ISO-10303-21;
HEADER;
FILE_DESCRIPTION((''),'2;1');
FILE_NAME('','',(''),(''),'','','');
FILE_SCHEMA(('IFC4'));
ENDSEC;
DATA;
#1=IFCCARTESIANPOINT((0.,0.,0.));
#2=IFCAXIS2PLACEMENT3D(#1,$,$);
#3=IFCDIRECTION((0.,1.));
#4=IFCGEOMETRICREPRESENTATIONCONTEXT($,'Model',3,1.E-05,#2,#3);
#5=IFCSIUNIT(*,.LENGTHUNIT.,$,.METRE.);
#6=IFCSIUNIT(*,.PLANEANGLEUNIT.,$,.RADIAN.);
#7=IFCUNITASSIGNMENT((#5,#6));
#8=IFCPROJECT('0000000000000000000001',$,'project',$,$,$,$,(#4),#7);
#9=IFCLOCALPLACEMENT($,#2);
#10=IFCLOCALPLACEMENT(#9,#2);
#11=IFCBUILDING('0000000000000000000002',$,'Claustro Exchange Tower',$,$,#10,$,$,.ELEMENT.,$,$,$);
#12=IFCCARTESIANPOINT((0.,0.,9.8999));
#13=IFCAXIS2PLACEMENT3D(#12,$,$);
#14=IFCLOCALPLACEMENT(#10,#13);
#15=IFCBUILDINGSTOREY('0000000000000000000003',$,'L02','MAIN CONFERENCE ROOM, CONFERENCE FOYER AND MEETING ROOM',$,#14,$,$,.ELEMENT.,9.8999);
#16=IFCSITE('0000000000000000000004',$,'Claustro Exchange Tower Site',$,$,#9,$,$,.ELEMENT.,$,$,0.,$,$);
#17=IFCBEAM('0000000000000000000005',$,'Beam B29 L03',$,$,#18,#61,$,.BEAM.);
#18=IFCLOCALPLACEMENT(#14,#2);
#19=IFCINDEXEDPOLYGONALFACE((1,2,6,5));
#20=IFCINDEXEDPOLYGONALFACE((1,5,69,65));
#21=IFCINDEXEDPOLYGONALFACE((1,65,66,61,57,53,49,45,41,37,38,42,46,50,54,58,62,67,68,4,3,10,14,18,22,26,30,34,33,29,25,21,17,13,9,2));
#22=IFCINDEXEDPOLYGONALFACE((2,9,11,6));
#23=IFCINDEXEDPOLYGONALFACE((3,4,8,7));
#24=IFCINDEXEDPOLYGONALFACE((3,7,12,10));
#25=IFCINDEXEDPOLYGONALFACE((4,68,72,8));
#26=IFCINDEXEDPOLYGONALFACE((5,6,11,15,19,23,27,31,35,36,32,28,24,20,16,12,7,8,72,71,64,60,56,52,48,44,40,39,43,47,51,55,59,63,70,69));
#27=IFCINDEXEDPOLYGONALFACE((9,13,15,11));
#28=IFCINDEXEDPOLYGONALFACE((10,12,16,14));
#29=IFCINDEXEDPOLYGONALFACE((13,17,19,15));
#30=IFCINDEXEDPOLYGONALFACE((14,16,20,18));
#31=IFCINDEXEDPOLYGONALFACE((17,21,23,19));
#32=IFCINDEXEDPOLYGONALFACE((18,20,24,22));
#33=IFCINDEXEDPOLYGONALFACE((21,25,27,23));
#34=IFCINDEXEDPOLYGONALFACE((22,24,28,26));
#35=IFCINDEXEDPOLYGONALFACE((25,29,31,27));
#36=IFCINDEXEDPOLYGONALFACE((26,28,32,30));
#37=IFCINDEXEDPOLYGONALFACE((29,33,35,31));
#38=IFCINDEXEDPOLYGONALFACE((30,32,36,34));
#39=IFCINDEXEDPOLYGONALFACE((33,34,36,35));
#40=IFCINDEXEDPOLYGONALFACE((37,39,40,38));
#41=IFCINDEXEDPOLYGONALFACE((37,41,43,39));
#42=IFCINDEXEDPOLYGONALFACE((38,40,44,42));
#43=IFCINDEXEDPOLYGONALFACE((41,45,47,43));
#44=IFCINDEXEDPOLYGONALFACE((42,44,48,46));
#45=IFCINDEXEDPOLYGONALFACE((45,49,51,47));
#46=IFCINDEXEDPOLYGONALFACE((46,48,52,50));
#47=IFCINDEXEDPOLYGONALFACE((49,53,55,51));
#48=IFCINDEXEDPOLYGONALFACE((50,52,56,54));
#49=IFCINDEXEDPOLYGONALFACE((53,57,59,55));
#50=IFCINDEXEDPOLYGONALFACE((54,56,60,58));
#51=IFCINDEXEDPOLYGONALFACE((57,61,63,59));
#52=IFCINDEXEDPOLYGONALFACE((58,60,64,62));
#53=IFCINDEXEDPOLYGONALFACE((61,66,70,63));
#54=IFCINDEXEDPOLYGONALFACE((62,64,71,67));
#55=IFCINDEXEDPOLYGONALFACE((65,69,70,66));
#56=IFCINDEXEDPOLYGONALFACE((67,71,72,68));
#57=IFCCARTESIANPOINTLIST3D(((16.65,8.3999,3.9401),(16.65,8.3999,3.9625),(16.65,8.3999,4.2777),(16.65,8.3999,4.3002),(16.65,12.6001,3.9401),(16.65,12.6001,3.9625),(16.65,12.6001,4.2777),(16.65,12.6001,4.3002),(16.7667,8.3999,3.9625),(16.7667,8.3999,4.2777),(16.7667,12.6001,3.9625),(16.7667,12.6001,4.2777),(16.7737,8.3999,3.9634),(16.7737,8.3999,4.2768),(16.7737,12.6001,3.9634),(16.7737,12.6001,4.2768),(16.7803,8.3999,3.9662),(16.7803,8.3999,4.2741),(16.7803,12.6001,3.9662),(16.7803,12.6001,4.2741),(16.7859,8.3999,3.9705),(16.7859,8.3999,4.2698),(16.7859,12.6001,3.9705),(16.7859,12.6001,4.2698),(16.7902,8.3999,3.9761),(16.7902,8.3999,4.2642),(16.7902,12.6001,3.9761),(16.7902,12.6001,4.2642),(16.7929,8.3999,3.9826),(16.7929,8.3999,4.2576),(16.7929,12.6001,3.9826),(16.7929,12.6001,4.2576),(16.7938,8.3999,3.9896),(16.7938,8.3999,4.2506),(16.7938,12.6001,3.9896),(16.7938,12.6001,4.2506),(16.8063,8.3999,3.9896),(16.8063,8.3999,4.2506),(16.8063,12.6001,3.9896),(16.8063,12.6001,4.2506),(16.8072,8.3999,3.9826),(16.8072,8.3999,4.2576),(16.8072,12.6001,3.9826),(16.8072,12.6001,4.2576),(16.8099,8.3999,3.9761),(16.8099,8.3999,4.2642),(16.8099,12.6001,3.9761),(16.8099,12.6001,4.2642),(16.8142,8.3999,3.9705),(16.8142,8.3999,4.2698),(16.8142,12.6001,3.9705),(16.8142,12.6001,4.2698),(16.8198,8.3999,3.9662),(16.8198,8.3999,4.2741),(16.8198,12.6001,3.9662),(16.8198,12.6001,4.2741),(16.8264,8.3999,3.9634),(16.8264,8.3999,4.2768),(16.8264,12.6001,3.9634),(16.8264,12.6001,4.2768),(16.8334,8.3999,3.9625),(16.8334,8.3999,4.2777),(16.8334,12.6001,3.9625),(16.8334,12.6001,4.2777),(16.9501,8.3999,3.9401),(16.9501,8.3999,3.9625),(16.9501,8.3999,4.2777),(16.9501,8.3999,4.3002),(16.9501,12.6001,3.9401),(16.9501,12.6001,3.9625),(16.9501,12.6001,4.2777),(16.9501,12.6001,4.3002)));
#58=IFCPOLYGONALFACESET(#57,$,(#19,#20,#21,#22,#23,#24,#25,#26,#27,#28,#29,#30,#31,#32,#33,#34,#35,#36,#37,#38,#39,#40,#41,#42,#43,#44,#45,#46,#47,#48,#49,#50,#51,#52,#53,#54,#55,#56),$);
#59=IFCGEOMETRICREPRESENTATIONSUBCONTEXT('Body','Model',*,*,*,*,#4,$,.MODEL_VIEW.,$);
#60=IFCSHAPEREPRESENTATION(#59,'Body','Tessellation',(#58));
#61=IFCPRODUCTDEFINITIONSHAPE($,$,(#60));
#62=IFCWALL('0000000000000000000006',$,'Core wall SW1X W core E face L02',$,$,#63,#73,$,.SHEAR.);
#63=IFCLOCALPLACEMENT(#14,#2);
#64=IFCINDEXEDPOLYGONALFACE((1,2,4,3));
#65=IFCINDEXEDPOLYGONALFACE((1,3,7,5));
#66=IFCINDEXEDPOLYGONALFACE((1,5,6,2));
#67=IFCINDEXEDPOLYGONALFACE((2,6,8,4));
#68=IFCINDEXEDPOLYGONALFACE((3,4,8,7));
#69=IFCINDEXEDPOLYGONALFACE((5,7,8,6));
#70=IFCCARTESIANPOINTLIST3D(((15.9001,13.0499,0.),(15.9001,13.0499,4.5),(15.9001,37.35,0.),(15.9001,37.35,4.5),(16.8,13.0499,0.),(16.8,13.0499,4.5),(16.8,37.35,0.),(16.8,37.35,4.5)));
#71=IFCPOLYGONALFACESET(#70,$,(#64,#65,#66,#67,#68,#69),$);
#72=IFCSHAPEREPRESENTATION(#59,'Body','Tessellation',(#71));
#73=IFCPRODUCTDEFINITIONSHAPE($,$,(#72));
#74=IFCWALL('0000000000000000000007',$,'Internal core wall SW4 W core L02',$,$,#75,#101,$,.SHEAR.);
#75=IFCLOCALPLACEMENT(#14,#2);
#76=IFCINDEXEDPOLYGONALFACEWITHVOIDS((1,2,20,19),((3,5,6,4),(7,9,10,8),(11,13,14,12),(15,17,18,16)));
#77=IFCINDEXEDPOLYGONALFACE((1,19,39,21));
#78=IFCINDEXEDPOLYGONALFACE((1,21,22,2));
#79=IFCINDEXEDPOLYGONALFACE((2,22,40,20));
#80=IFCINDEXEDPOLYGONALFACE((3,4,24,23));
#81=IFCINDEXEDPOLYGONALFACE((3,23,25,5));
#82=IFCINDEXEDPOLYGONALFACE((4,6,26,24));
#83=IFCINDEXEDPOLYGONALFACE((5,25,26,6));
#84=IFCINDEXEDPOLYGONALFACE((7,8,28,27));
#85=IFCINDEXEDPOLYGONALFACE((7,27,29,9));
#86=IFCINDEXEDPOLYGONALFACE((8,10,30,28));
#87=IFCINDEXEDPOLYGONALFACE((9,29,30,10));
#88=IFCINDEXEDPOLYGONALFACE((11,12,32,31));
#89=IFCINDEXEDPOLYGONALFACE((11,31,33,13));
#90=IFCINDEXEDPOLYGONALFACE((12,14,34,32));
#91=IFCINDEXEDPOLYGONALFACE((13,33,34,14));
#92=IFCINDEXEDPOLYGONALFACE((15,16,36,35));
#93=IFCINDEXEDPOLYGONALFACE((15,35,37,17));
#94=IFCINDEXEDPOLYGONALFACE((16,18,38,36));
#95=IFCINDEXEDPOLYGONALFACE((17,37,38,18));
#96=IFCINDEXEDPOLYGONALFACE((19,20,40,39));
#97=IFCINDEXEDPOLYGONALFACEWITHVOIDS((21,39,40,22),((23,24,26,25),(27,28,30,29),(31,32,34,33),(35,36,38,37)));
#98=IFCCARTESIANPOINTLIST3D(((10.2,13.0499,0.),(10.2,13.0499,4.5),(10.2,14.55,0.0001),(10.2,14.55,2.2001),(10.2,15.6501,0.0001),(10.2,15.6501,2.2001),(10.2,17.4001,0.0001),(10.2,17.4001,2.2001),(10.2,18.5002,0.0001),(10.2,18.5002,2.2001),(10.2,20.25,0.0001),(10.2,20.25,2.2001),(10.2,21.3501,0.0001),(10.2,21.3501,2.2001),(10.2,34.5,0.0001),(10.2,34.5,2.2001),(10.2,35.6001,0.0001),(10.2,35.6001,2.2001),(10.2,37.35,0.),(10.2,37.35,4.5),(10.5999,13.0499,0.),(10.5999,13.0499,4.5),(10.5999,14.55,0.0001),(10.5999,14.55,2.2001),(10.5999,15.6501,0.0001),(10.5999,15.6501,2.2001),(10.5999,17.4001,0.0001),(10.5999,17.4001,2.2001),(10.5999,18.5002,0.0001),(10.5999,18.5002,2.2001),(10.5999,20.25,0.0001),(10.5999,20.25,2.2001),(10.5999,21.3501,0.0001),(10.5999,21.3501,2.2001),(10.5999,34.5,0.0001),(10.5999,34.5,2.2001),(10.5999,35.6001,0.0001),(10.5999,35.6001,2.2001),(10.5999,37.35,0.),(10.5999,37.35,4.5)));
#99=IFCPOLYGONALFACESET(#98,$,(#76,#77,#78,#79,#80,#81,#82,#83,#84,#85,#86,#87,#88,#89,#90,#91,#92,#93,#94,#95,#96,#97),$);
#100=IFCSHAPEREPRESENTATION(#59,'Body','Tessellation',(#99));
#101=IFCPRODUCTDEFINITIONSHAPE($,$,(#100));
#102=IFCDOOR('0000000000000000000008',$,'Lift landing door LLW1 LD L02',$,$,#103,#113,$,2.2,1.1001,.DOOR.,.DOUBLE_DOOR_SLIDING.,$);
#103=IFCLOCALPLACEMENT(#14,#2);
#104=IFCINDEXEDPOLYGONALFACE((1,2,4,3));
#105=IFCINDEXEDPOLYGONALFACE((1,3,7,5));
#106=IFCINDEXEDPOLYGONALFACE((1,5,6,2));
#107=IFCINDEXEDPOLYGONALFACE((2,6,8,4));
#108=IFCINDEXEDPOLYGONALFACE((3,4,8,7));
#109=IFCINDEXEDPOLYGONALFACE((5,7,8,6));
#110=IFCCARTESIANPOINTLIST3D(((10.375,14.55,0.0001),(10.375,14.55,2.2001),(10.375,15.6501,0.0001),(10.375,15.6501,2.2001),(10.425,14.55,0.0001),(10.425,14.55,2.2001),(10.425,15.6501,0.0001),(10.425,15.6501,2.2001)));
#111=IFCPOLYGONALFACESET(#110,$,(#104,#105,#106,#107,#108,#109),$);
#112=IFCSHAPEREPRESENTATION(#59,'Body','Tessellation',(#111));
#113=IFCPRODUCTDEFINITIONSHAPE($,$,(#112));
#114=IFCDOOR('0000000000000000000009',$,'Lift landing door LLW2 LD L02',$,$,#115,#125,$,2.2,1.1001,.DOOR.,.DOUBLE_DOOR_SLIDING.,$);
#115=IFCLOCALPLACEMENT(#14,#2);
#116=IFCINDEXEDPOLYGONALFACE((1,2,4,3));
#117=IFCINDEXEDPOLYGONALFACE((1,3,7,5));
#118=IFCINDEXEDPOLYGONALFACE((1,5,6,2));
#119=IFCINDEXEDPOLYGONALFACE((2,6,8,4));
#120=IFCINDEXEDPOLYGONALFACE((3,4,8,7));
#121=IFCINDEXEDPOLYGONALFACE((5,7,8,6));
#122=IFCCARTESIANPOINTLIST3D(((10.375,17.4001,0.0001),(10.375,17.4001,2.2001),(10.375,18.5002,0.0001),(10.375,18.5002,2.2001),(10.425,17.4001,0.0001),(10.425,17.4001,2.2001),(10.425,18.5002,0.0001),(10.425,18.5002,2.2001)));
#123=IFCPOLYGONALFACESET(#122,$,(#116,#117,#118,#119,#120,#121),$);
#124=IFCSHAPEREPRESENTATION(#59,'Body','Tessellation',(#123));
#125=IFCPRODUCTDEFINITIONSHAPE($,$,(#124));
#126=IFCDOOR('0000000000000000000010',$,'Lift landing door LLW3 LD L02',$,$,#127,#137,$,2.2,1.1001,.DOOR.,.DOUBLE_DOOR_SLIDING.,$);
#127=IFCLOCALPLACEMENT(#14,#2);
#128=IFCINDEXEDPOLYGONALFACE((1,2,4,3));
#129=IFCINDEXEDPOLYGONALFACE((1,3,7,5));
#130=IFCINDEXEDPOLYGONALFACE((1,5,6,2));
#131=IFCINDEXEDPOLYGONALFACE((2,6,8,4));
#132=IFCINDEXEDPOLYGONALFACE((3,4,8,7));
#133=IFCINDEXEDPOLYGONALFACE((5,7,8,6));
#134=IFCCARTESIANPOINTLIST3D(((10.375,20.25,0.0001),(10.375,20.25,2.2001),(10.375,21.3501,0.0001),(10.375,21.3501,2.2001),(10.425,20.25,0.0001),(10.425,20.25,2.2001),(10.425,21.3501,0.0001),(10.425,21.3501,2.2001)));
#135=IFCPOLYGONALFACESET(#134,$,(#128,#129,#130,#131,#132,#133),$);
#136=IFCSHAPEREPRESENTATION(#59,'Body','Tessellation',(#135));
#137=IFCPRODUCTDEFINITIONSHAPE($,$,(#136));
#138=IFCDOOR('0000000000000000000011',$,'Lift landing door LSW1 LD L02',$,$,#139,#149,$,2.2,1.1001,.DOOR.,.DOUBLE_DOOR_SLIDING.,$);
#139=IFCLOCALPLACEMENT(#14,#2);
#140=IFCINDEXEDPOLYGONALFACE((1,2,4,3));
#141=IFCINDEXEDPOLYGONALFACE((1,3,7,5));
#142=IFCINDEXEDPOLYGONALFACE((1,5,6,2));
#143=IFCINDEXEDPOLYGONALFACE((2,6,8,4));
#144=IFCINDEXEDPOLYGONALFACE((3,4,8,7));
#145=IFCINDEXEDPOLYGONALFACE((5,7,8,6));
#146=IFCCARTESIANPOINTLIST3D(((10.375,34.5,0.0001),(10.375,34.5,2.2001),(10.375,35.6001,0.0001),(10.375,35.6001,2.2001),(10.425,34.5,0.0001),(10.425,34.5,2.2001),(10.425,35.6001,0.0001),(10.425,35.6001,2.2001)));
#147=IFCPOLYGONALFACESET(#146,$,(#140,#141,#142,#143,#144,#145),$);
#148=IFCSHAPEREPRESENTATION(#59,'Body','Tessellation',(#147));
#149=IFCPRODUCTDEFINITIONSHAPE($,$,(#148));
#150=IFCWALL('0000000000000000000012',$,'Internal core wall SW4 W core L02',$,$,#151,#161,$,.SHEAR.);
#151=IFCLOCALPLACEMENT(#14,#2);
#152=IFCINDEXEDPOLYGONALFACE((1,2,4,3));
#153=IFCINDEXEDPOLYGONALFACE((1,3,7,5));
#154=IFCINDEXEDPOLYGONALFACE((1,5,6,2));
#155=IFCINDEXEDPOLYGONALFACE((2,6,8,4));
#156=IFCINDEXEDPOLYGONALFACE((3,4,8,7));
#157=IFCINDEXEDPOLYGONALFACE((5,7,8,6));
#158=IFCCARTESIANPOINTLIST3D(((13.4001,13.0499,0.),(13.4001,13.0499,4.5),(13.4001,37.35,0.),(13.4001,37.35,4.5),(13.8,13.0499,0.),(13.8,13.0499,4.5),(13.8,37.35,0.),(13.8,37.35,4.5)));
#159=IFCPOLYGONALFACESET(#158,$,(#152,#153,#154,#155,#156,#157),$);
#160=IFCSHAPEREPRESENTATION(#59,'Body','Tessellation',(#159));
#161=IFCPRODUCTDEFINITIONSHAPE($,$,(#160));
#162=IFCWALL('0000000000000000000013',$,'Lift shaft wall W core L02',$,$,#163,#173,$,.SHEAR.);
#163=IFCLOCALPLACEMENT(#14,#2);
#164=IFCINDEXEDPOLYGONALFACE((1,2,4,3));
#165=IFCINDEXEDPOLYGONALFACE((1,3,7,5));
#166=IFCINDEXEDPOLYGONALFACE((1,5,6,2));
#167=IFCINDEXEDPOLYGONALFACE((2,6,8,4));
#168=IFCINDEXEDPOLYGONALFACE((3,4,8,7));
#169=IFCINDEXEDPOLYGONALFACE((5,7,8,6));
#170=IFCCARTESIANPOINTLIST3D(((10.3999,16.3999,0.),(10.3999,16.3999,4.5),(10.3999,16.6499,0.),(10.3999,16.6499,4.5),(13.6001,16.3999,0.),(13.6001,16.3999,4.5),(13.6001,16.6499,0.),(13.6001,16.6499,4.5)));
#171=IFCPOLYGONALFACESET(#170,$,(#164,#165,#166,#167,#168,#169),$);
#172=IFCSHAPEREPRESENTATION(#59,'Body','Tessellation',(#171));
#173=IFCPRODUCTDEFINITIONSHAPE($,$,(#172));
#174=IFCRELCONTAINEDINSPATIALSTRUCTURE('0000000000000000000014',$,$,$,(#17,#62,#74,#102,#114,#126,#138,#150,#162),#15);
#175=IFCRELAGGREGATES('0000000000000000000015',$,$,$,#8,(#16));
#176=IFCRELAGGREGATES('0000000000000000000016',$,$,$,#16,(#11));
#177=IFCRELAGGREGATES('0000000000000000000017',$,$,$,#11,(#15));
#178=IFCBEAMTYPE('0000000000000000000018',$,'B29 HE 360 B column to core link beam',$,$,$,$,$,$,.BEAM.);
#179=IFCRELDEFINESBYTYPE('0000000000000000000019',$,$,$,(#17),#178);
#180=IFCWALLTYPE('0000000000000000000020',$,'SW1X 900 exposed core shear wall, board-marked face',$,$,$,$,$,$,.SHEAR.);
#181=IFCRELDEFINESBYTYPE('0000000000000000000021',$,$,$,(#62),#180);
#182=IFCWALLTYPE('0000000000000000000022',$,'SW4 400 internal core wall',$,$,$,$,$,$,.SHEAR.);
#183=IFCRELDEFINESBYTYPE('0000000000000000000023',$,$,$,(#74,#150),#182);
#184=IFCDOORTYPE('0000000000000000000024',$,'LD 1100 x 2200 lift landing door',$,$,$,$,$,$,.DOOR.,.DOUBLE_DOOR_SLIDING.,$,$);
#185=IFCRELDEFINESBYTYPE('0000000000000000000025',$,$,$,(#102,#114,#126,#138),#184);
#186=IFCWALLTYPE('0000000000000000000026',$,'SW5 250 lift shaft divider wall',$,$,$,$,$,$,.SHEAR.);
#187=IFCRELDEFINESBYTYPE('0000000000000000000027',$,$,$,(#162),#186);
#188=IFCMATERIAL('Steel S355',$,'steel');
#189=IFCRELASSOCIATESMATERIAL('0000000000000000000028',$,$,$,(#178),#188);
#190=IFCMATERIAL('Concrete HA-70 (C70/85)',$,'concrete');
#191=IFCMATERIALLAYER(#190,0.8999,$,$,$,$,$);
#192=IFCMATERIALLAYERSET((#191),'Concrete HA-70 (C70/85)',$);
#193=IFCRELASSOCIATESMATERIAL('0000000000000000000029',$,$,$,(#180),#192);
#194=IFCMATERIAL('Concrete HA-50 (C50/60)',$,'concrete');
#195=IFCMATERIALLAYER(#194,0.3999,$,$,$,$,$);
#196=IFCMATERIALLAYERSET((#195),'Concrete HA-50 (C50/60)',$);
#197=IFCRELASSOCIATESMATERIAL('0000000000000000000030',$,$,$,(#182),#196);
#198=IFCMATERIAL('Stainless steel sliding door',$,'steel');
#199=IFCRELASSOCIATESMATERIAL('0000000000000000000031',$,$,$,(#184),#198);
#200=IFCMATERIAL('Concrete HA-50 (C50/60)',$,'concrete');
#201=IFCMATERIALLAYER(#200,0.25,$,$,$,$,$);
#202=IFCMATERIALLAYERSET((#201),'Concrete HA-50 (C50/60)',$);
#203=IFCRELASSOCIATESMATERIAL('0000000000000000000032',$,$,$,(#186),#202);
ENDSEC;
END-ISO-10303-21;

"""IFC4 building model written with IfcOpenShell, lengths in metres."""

from ifc_helpers import new_model, si_unit, direction, frame, frame_2d, origin, origin_2d, place, context, subcontext, project, spatial, rectangle, i_section, extrude, material, layer, layer_set, material_profile, profile_set, type_object, element, fill, save


model = new_model("IFC4")

# Units and contexts
model_context = context("Model", 3, precision=1e-05, world=origin(), true_north=direction((0.0, 1.0)))
body_context = subcontext(model_context, "Body", "Model", "MODEL_VIEW")
ifc_project = project(units=[si_unit("LENGTHUNIT", "METRE"), si_unit("PLANEANGLEUNIT", "RADIAN")], contexts=[model_context])

# Site, building, storey
site_placement = place(None, origin())
site = spatial("IfcSite", under=ifc_project, at=site_placement, Name="Claustro Exchange Tower Site", CompositionType="ELEMENT", RefElevation=0.0)
building_placement = place(site_placement, origin())
building = spatial("IfcBuilding", under=site, at=building_placement, Name="Claustro Exchange Tower", CompositionType="ELEMENT")
storey_placement = place(building_placement, frame((0.0, 0.0, 9.8999)))
storey = spatial("IfcBuildingStorey", under=building, at=storey_placement, Name="L02", Description="MAIN CONFERENCE ROOM, CONFERENCE FOYER AND MEETING ROOM", CompositionType="ELEMENT", Elevation=9.8999)

# Beam
ifc_material_1 = material(Name="Steel S355", Category="steel")
ifc_material_profile_1 = material_profile(ifc_material_1, i_section(OverallWidth=0.3, OverallDepth=0.3601, WebThickness=0.0125, FlangeThickness=0.0225, FilletRadius=0.0271, at=origin_2d()), Name="HE 360 B")
ifc_profile_set_1 = profile_set([ifc_material_profile_1], Name="Steel S355")
beam_type_1 = type_object("IfcBeamType", Name="B29 HE 360 B column to core link beam", PredefinedType="BEAM", material=ifc_profile_set_1)
for number, where, z_axis, x_axis, name in (
    (1, (16.8, 8.3999, 4.1201), (0.0, 1.0, 0.0), (-1.0, 0.0, 0.0), "Beam B29 L03"),
):
    element("IfcBeam", number, at=place(storey_placement, frame(where, z_axis=z_axis, x_axis=x_axis)), inside=storey, type_object=beam_type_1, Name=name, PredefinedType="BEAM", context=body_context, shape_type="SweptSolid", body=[
        extrude(i_section(OverallWidth=0.3, OverallDepth=0.3601, WebThickness=0.0125, FlangeThickness=0.0225, FilletRadius=0.0271, at=origin_2d()), origin(), (0.0, 0.0, 1.0), 4.2002),
    ])

# Wall
ifc_material_2 = material(Name="Concrete HA-70 (C70/85)", Category="concrete")
ifc_layer_1 = layer(ifc_material_2, 0.8999)
ifc_layer_set_1 = layer_set([ifc_layer_1], Name="Concrete HA-70 (C70/85)")
wall_type_1 = type_object("IfcWallType", Name="SW1X 900 exposed core shear wall, board-marked face", PredefinedType="SHEAR", material=ifc_layer_set_1)
wall_1_placement = place(storey_placement, frame((16.3501, 13.05, 0.0), z_axis=(0.0, 0.0, 1.0), x_axis=(0.0, 1.0, 0.0)))
element("IfcWall", 2, at=wall_1_placement, inside=storey, type_object=wall_type_1, Name="Core wall SW1X W core E face L02", PredefinedType="SHEAR", context=body_context, shape_type="SweptSolid", body=[
    extrude(rectangle(XDim=24.3, YDim=0.8999, at=frame_2d((12.1499, 0.0))), origin(), (0.0, 0.0, 1.0), 4.5),
])

# Wall, openings, doors
ifc_material_3 = material(Name="Concrete HA-50 (C50/60)", Category="concrete")
ifc_layer_2 = layer(ifc_material_3, 0.3999)
ifc_layer_set_2 = layer_set([ifc_layer_2], Name="Concrete HA-50 (C50/60)")
wall_type_2 = type_object("IfcWallType", Name="SW4 400 internal core wall", PredefinedType="SHEAR", material=ifc_layer_set_2)
wall_2_placement = place(storey_placement, frame((10.3999, 13.05, 0.0), z_axis=(0.0, 0.0, 1.0), x_axis=(0.0, 1.0, 0.0)))
wall_2 = element("IfcWall", 3, at=wall_2_placement, inside=storey, type_object=wall_type_2, Name="Internal core wall SW4 W core L02", PredefinedType="SHEAR", context=body_context, shape_type="SweptSolid", body=[
    extrude(rectangle(XDim=24.3, YDim=0.3999, at=frame_2d((12.1499, 0.0))), origin(), (0.0, 0.0, 1.0), 4.5),
])
opening_1_placement = place(wall_2_placement, frame((1.5, 0.0, 0.0)))
opening_1 = element("IfcOpeningElement", 4, at=opening_1_placement, cuts=wall_2, PredefinedType="OPENING", context=body_context, shape_type="SweptSolid", body=[
    extrude(rectangle(XDim=1.1001, YDim=2.2, at=frame_2d((0.55, 1.1001))), frame((0.0, 0.21, 0.0), z_axis=(0.0, -1.0, 0.0), x_axis=(1.0, 0.0, 0.0)), (0.0, 0.0, 1.0), 0.4199),
])
opening_2_placement = place(wall_2_placement, frame((4.3501, 0.0, 0.0)))
opening_2 = element("IfcOpeningElement", 5, at=opening_2_placement, cuts=wall_2, PredefinedType="OPENING", context=body_context, shape_type="SweptSolid", body=[
    extrude(rectangle(XDim=1.1001, YDim=2.2, at=frame_2d((0.55, 1.1001))), frame((0.0, 0.21, 0.0), z_axis=(0.0, -1.0, 0.0), x_axis=(1.0, 0.0, 0.0)), (0.0, 0.0, 1.0), 0.4199),
])
opening_3_placement = place(wall_2_placement, frame((7.2, 0.0, 0.0)))
opening_3 = element("IfcOpeningElement", 6, at=opening_3_placement, cuts=wall_2, PredefinedType="OPENING", context=body_context, shape_type="SweptSolid", body=[
    extrude(rectangle(XDim=1.1001, YDim=2.2, at=frame_2d((0.55, 1.1001))), frame((0.0, 0.21, 0.0), z_axis=(0.0, -1.0, 0.0), x_axis=(1.0, 0.0, 0.0)), (0.0, 0.0, 1.0), 0.4199),
])
opening_4_placement = place(wall_2_placement, frame((21.45, 0.0, 0.0)))
opening_4 = element("IfcOpeningElement", 7, at=opening_4_placement, cuts=wall_2, PredefinedType="OPENING", context=body_context, shape_type="SweptSolid", body=[
    extrude(rectangle(XDim=1.1001, YDim=2.2, at=frame_2d((0.55, 1.1001))), frame((0.0, 0.21, 0.0), z_axis=(0.0, -1.0, 0.0), x_axis=(1.0, 0.0, 0.0)), (0.0, 0.0, 1.0), 0.4199),
])
ifc_material_4 = material(Name="Stainless steel sliding door", Category="steel")
door_type = type_object("IfcDoorType", Name="LD 1100 x 2200 lift landing door", OperationType="DOUBLE_DOOR_SLIDING", PredefinedType="DOOR", material=ifc_material_4)
door_1_placement = place(opening_1_placement, origin())
door_1 = element("IfcDoor", 8, at=door_1_placement, inside=storey, type_object=door_type, Name="Lift landing door LLW1 LD L02", OperationType="DOUBLE_DOOR_SLIDING", OverallHeight=2.2, OverallWidth=1.1001, PredefinedType="DOOR", context=body_context, shape_type="SweptSolid", body=[
    extrude(rectangle(XDim=1.1001, YDim=2.2, at=frame_2d((0.55, 1.1001))), frame((0.0, 0.0249, 0.0), z_axis=(0.0, -1.0, 0.0), x_axis=(1.0, 0.0, 0.0)), (0.0, 0.0, 1.0), 0.05),
])
fill(opening_1, door_1)
door_2_placement = place(opening_2_placement, origin())
door_2 = element("IfcDoor", 9, at=door_2_placement, inside=storey, type_object=door_type, Name="Lift landing door LLW2 LD L02", OperationType="DOUBLE_DOOR_SLIDING", OverallHeight=2.2, OverallWidth=1.1001, PredefinedType="DOOR", context=body_context, shape_type="SweptSolid", body=[
    extrude(rectangle(XDim=1.1001, YDim=2.2, at=frame_2d((0.55, 1.1001))), frame((0.0, 0.0249, 0.0), z_axis=(0.0, -1.0, 0.0), x_axis=(1.0, 0.0, 0.0)), (0.0, 0.0, 1.0), 0.05),
])
fill(opening_2, door_2)
door_3_placement = place(opening_3_placement, origin())
door_3 = element("IfcDoor", 10, at=door_3_placement, inside=storey, type_object=door_type, Name="Lift landing door LLW3 LD L02", OperationType="DOUBLE_DOOR_SLIDING", OverallHeight=2.2, OverallWidth=1.1001, PredefinedType="DOOR", context=body_context, shape_type="SweptSolid", body=[
    extrude(rectangle(XDim=1.1001, YDim=2.2, at=frame_2d((0.55, 1.1001))), frame((0.0, 0.0249, 0.0), z_axis=(0.0, -1.0, 0.0), x_axis=(1.0, 0.0, 0.0)), (0.0, 0.0, 1.0), 0.05),
])
fill(opening_3, door_3)
door_4_placement = place(opening_4_placement, origin())
door_4 = element("IfcDoor", 11, at=door_4_placement, inside=storey, type_object=door_type, Name="Lift landing door LSW1 LD L02", OperationType="DOUBLE_DOOR_SLIDING", OverallHeight=2.2, OverallWidth=1.1001, PredefinedType="DOOR", context=body_context, shape_type="SweptSolid", body=[
    extrude(rectangle(XDim=1.1001, YDim=2.2, at=frame_2d((0.55, 1.1001))), frame((0.0, 0.0249, 0.0), z_axis=(0.0, -1.0, 0.0), x_axis=(1.0, 0.0, 0.0)), (0.0, 0.0, 1.0), 0.05),
])
fill(opening_4, door_4)

# Walls
wall_3_placement = place(storey_placement, frame((13.6001, 13.05, 0.0), z_axis=(0.0, 0.0, 1.0), x_axis=(0.0, 1.0, 0.0)))
element("IfcWall", 12, at=wall_3_placement, inside=storey, type_object=wall_type_2, Name="Internal core wall SW4 W core L02", PredefinedType="SHEAR", context=body_context, shape_type="SweptSolid", body=[
    extrude(rectangle(XDim=24.3, YDim=0.3999, at=frame_2d((12.1499, 0.0))), origin(), (0.0, 0.0, 1.0), 4.5),
])
ifc_material_5 = material(Name="Concrete HA-50 (C50/60)", Category="concrete")
ifc_layer_3 = layer(ifc_material_5, 0.25)
ifc_layer_set_3 = layer_set([ifc_layer_3], Name="Concrete HA-50 (C50/60)")
wall_type_3 = type_object("IfcWallType", Name="SW5 250 lift shaft divider wall", PredefinedType="SHEAR", material=ifc_layer_set_3)
wall_4_placement = place(storey_placement, frame((10.3999, 16.5249, 0.0), z_axis=(0.0, 0.0, 1.0), x_axis=(1.0, 0.0, 0.0)))
element("IfcWall", 13, at=wall_4_placement, inside=storey, type_object=wall_type_3, Name="Lift shaft wall W core L02", PredefinedType="SHEAR", context=body_context, shape_type="SweptSolid", body=[
    extrude(rectangle(XDim=3.2002, YDim=0.25, at=frame_2d((1.6001, 0.0))), origin(), (0.0, 0.0, 1.0), 4.5),
])

save(model, "model.ifc")
